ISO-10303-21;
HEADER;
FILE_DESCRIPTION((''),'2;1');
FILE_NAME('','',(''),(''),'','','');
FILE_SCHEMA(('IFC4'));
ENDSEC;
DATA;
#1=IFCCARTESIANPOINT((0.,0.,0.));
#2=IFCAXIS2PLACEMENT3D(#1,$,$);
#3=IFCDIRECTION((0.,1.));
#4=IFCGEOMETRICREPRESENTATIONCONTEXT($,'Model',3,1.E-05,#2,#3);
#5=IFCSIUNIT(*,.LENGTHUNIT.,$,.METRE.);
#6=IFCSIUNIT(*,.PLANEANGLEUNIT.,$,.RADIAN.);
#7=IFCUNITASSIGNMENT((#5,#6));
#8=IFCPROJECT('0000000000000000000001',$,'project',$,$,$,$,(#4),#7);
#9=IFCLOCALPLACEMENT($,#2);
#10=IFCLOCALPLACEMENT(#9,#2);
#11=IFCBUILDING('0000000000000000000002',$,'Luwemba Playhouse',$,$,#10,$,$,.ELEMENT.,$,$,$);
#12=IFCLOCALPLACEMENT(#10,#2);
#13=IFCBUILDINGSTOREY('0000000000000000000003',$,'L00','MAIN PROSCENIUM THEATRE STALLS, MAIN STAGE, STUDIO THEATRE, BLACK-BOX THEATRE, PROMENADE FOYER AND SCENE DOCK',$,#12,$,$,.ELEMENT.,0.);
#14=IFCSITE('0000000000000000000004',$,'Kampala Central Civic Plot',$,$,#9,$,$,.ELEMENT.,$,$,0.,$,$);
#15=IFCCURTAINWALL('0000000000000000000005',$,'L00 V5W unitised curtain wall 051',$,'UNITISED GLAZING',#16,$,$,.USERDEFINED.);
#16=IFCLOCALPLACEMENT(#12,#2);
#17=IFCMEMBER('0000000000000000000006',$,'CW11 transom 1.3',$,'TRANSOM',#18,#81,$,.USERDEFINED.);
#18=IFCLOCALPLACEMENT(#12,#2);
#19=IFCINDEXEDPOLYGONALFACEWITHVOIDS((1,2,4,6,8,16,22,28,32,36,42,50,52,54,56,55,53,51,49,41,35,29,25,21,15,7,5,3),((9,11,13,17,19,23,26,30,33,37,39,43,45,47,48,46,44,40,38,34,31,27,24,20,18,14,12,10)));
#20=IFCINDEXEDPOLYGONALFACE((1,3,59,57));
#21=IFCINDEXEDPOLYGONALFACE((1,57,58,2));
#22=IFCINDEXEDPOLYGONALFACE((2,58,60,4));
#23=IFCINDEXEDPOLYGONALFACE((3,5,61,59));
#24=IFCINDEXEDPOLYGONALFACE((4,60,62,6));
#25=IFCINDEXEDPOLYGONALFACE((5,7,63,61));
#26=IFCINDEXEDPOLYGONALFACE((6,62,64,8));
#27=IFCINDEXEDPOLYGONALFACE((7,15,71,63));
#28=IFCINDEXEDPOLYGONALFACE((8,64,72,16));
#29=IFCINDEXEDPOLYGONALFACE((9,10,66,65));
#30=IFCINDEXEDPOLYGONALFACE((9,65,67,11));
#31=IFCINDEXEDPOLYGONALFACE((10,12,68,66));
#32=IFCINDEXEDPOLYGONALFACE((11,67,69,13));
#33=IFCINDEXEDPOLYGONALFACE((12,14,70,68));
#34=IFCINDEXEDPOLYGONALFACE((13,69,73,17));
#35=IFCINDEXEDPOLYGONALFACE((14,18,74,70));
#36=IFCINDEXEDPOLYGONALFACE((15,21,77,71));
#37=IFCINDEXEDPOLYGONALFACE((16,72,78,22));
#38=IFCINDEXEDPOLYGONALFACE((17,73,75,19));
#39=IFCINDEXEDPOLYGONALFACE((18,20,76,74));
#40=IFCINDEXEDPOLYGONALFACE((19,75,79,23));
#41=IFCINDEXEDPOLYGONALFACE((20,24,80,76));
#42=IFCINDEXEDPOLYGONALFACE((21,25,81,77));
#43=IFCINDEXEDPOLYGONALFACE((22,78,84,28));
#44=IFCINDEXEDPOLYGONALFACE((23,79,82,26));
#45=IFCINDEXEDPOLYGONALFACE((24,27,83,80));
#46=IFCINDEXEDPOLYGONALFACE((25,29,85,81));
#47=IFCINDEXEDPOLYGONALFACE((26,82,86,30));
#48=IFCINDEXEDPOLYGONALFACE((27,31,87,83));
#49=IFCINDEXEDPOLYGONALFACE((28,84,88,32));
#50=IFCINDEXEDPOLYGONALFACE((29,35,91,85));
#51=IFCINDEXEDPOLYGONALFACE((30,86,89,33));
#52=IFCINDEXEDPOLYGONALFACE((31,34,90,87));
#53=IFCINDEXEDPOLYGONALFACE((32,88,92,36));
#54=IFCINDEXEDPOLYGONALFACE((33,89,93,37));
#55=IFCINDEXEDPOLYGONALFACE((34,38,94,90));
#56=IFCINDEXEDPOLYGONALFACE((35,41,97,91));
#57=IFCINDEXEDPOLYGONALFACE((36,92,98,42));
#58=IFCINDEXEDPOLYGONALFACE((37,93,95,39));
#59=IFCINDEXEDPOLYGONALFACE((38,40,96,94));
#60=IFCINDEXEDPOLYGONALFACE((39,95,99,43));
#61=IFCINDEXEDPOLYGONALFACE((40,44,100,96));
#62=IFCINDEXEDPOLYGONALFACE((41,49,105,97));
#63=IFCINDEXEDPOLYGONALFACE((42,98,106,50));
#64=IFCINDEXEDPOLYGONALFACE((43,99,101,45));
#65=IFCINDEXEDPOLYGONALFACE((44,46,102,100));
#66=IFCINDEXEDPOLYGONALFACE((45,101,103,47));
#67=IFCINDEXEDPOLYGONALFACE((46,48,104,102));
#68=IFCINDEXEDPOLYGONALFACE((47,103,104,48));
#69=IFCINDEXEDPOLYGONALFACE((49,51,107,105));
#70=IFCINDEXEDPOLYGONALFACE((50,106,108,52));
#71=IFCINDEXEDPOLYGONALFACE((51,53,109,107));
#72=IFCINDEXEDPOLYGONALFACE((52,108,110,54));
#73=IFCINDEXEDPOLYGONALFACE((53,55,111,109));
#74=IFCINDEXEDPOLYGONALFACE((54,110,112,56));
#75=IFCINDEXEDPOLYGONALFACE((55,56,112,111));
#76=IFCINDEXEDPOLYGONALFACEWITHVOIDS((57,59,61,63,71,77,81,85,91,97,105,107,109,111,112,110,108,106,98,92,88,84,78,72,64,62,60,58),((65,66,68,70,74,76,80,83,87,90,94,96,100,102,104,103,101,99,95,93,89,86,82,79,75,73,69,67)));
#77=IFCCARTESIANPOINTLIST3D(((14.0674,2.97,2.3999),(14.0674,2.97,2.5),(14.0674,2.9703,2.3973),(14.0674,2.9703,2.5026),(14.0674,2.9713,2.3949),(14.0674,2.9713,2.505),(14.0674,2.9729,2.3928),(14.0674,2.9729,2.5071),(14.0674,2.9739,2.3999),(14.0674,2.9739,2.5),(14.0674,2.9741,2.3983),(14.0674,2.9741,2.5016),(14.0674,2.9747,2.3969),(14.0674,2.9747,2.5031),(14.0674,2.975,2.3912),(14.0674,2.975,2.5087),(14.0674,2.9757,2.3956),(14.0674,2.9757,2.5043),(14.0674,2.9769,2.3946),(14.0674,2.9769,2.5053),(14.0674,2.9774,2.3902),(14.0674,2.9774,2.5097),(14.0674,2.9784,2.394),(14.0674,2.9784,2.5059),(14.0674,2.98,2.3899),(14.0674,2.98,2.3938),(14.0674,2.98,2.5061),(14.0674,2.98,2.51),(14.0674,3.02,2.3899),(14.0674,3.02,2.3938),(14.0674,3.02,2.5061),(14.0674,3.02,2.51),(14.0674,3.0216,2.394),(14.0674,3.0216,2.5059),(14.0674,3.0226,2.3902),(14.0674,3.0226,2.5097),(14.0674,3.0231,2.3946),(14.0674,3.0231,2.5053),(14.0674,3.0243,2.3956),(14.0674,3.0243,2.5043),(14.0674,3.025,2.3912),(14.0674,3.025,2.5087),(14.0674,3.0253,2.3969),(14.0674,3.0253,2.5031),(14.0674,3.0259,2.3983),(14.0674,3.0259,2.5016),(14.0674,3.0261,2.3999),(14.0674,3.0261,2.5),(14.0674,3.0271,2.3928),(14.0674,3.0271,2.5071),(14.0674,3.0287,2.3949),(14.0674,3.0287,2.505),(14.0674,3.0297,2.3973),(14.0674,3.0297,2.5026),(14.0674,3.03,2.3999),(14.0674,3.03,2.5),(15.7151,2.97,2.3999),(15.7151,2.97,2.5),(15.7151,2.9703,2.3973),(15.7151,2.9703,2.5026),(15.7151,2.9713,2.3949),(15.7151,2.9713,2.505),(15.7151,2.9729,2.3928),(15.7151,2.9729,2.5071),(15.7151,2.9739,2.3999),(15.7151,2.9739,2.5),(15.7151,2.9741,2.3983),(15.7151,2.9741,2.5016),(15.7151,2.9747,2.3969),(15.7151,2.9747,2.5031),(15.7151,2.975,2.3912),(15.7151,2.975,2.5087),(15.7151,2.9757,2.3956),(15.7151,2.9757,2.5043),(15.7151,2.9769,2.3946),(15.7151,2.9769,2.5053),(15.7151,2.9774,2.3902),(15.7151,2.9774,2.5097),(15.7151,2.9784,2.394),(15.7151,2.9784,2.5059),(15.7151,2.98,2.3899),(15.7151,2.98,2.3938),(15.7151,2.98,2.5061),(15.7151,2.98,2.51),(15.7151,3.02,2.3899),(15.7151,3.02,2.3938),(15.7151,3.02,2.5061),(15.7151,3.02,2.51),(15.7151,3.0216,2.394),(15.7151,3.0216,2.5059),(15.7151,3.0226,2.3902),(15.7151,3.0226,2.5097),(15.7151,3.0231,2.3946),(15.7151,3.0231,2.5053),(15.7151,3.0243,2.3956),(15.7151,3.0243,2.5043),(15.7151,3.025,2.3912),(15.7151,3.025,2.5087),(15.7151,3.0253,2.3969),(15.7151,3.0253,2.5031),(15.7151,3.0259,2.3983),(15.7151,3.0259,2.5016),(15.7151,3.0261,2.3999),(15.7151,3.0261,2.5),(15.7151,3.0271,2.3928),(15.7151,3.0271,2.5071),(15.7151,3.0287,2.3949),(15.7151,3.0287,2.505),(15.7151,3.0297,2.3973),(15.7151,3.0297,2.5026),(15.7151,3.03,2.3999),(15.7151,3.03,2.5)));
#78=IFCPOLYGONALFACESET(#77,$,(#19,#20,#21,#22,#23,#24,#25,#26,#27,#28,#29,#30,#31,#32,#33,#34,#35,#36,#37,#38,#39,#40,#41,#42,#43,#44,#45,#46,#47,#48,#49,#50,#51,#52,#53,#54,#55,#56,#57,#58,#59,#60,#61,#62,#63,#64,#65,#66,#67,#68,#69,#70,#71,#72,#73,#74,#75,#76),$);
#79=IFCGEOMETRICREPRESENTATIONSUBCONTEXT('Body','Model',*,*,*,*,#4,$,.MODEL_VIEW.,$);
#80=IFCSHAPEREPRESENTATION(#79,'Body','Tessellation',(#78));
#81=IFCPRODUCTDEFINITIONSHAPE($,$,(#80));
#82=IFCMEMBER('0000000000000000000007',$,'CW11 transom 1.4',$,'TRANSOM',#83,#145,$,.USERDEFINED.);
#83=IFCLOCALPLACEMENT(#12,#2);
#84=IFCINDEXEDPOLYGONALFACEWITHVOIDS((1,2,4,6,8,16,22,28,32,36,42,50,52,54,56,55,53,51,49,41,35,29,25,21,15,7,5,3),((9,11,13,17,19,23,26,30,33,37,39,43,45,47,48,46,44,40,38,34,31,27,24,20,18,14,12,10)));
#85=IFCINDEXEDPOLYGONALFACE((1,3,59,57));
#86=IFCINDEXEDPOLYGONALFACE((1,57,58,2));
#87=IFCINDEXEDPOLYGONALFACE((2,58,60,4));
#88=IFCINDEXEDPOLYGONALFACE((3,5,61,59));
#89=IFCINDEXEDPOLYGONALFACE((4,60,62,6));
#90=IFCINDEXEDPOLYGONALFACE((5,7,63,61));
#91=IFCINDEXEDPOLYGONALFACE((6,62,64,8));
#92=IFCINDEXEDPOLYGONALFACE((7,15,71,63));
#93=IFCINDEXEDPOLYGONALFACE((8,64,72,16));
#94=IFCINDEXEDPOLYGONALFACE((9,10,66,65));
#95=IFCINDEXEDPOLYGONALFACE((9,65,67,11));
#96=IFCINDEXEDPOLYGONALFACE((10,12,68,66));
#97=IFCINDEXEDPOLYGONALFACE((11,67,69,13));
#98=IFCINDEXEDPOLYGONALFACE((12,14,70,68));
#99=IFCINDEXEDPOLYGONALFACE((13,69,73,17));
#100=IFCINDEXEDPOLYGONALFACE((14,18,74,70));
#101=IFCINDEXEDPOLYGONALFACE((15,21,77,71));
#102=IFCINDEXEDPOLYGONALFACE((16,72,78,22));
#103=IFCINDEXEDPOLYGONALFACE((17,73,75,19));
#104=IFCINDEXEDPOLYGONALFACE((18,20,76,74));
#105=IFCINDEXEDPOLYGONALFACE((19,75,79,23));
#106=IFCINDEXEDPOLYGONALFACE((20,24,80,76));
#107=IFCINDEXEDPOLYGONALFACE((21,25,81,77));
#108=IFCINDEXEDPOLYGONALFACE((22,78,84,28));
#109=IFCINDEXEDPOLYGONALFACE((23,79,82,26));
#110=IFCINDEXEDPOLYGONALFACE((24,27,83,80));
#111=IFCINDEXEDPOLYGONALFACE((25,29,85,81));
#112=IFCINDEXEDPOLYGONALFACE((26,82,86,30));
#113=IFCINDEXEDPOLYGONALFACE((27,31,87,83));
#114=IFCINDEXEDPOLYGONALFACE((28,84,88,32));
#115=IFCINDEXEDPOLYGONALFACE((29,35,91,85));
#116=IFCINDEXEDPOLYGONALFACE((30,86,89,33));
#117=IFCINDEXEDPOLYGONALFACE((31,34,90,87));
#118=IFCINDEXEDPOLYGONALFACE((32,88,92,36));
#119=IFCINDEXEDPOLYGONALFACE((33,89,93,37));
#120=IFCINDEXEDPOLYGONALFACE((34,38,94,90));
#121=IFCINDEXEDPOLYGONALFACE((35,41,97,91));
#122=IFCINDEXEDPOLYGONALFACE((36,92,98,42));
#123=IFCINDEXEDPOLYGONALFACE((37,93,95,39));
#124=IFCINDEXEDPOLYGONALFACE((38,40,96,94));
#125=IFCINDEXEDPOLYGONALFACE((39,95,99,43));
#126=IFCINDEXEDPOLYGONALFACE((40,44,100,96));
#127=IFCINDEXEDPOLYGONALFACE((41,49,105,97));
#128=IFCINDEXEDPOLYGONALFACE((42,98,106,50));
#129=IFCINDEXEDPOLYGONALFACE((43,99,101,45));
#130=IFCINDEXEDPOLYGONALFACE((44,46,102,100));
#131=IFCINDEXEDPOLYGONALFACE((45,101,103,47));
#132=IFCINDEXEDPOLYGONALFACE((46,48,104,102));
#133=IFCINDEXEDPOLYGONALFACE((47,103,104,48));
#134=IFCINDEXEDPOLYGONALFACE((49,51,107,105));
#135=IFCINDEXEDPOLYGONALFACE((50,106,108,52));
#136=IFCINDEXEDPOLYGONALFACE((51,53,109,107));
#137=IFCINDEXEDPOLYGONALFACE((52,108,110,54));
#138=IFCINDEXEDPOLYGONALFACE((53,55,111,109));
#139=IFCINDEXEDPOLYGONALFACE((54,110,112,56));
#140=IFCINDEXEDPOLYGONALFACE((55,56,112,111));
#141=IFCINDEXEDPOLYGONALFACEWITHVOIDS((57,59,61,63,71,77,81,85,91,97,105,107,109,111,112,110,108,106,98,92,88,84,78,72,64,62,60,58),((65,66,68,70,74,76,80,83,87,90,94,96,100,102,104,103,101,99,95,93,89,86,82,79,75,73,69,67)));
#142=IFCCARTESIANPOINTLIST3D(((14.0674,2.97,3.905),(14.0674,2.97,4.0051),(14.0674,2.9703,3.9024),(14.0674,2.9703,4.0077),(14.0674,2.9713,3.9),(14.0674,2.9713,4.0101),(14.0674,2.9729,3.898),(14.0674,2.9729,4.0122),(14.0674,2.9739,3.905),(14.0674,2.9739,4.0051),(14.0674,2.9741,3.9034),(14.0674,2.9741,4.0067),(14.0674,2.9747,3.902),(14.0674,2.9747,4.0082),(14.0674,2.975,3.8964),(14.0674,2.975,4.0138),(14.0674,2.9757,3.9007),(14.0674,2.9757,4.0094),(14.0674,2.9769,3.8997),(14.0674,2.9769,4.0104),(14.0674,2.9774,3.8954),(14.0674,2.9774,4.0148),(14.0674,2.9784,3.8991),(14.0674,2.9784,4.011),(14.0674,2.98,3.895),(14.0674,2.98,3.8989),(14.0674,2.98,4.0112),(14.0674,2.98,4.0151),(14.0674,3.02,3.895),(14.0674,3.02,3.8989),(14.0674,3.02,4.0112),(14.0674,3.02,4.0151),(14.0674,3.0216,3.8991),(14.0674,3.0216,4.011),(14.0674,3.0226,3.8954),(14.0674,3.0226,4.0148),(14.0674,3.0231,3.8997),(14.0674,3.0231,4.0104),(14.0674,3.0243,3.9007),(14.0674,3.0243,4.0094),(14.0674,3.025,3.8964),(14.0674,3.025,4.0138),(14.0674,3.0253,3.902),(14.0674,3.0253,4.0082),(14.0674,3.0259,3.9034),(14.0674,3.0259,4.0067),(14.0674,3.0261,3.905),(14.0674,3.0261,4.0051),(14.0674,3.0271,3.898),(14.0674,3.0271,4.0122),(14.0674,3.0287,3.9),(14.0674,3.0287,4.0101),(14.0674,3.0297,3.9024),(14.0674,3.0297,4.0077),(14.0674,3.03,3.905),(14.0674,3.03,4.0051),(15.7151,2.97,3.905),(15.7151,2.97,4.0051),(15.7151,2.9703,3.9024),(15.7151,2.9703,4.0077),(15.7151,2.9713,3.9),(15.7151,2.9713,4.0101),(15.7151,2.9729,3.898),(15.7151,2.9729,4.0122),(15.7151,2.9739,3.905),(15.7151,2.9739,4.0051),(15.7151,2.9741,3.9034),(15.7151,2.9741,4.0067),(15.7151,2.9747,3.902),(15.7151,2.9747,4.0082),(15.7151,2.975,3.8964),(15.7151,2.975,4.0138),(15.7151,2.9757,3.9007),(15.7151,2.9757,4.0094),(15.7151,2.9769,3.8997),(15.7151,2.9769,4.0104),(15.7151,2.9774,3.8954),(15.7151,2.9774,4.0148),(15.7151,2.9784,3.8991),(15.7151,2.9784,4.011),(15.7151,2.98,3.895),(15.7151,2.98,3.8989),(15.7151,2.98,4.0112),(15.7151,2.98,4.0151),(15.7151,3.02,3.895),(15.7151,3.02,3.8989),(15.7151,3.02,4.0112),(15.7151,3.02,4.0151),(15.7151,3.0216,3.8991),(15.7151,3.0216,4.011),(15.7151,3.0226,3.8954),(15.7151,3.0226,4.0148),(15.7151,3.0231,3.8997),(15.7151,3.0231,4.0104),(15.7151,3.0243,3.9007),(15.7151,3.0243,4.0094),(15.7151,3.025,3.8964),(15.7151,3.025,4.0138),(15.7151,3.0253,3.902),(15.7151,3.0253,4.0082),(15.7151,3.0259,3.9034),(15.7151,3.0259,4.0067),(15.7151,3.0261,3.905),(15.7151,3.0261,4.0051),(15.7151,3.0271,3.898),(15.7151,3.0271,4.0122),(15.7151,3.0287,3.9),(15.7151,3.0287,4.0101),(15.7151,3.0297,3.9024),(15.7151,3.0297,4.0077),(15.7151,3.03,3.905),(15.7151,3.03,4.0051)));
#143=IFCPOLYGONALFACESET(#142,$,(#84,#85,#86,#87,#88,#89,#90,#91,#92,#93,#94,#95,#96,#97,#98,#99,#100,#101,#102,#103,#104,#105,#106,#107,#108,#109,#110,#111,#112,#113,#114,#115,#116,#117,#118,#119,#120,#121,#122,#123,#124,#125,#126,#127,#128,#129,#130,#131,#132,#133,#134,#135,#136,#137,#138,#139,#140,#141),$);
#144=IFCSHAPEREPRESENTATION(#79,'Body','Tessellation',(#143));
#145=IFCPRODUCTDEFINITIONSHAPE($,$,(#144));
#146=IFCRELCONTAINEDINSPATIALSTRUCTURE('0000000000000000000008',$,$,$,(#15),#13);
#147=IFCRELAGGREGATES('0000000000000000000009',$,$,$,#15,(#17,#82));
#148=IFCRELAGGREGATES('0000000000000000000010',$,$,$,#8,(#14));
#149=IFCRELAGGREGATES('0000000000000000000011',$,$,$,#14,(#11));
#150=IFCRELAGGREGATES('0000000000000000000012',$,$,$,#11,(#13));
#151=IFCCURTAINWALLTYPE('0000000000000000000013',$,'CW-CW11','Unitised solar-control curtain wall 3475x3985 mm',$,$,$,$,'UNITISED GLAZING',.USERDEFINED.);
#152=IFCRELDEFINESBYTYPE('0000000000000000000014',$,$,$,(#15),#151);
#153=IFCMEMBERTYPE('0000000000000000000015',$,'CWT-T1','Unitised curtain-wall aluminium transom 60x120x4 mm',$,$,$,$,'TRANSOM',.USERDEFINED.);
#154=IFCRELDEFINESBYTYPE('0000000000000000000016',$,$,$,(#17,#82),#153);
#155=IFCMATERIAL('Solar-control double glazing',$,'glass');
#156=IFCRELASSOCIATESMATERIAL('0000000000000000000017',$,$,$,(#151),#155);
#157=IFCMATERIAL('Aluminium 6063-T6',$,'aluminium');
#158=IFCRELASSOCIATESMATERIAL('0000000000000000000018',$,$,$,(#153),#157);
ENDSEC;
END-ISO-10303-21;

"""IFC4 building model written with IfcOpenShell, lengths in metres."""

from ifc_helpers import new_model, si_unit, direction, frame, origin, origin_2d, place, context, subcontext, project, spatial, hollow_rectangle, extrude, material, material_profile, profile_set, type_object, element, aggregate, save


model = new_model("IFC4")

# Units and contexts
model_context = context("Model", 3, precision=1e-05, world=origin(), true_north=direction((0.0, 1.0)))
body_context = subcontext(model_context, "Body", "Model", "MODEL_VIEW")
ifc_project = project(units=[si_unit("LENGTHUNIT", "METRE"), si_unit("PLANEANGLEUNIT", "RADIAN")], contexts=[model_context])

# Site, building, storey
site_placement = place(None, origin())
site = spatial("IfcSite", under=ifc_project, at=site_placement, Name="Kampala Central Civic Plot", CompositionType="ELEMENT", RefElevation=0.0)
building_placement = place(site_placement, origin())
building = spatial("IfcBuilding", under=site, at=building_placement, Name="Luwemba Playhouse", CompositionType="ELEMENT")
storey_placement = place(building_placement, origin())
storey = spatial("IfcBuildingStorey", under=building, at=storey_placement, Name="L00", Description="MAIN PROSCENIUM THEATRE STALLS, MAIN STAGE, STUDIO THEATRE, BLACK-BOX THEATRE, PROMENADE FOYER AND SCENE DOCK", CompositionType="ELEMENT", Elevation=0.0)

# Curtain wall
ifc_material_1 = material(Name="Solar-control double glazing", Category="glass")
curtain_wall_type_1 = type_object("IfcCurtainWallType", Name="CW-CW11", Description="Unitised solar-control curtain wall 3475x3985 mm", ElementType="UNITISED GLAZING", PredefinedType="USERDEFINED", material=ifc_material_1)
curtain_wall_1_placement = place(storey_placement, origin())
curtain_wall_1 = element("IfcCurtainWall", 1, at=curtain_wall_1_placement, inside=storey, type_object=curtain_wall_type_1, Name="L00 V5W unitised curtain wall 051", ObjectType="UNITISED GLAZING", PredefinedType="USERDEFINED")
ifc_material_2 = material(Name="Aluminium 6063-T6", Category="aluminium")

# Members
ifc_material_profile_1 = material_profile(ifc_material_2, hollow_rectangle(XDim=0.0601, YDim=0.1201, WallThickness=0.0039, InnerFilletRadius=0.0061, OuterFilletRadius=0.01, at=origin_2d()))
ifc_profile_set_1 = profile_set([ifc_material_profile_1], Name="Aluminium 6063-T6")
member_type_1 = type_object("IfcMemberType", Name="CWT-T1", Description="Unitised curtain-wall aluminium transom 60x120x4 mm", ElementType="TRANSOM", PredefinedType="USERDEFINED", material=ifc_profile_set_1)
member_1_placement = place(storey_placement, frame((15.7151, 3.0, 2.45), z_axis=(-1.0, 0.0, 0.0), x_axis=(0.0, -1.0, 0.0)))
member_1 = element("IfcMember", 2, at=member_1_placement, type_object=member_type_1, Name="CW11 transom 1.3", ObjectType="TRANSOM", PredefinedType="USERDEFINED", context=body_context, shape_type="SweptSolid", body=[
    extrude(hollow_rectangle(XDim=0.0601, YDim=0.1201, WallThickness=0.0039, InnerFilletRadius=0.0061, OuterFilletRadius=0.01, at=origin_2d()), origin(), (0.0, 0.0, 1.0), 1.6477),
])
member_2_placement = place(storey_placement, frame((15.7151, 3.0, 3.9551), z_axis=(-1.0, 0.0, 0.0), x_axis=(0.0, -1.0, 0.0)))
member_2 = element("IfcMember", 3, at=member_2_placement, type_object=member_type_1, Name="CW11 transom 1.4", ObjectType="TRANSOM", PredefinedType="USERDEFINED", context=body_context, shape_type="SweptSolid", body=[
    extrude(hollow_rectangle(XDim=0.0601, YDim=0.1201, WallThickness=0.0039, InnerFilletRadius=0.0061, OuterFilletRadius=0.01, at=origin_2d()), origin(), (0.0, 0.0, 1.0), 1.6477),
])
aggregate(curtain_wall_1, [member_1, member_2])

save(model, "model.ifc")
